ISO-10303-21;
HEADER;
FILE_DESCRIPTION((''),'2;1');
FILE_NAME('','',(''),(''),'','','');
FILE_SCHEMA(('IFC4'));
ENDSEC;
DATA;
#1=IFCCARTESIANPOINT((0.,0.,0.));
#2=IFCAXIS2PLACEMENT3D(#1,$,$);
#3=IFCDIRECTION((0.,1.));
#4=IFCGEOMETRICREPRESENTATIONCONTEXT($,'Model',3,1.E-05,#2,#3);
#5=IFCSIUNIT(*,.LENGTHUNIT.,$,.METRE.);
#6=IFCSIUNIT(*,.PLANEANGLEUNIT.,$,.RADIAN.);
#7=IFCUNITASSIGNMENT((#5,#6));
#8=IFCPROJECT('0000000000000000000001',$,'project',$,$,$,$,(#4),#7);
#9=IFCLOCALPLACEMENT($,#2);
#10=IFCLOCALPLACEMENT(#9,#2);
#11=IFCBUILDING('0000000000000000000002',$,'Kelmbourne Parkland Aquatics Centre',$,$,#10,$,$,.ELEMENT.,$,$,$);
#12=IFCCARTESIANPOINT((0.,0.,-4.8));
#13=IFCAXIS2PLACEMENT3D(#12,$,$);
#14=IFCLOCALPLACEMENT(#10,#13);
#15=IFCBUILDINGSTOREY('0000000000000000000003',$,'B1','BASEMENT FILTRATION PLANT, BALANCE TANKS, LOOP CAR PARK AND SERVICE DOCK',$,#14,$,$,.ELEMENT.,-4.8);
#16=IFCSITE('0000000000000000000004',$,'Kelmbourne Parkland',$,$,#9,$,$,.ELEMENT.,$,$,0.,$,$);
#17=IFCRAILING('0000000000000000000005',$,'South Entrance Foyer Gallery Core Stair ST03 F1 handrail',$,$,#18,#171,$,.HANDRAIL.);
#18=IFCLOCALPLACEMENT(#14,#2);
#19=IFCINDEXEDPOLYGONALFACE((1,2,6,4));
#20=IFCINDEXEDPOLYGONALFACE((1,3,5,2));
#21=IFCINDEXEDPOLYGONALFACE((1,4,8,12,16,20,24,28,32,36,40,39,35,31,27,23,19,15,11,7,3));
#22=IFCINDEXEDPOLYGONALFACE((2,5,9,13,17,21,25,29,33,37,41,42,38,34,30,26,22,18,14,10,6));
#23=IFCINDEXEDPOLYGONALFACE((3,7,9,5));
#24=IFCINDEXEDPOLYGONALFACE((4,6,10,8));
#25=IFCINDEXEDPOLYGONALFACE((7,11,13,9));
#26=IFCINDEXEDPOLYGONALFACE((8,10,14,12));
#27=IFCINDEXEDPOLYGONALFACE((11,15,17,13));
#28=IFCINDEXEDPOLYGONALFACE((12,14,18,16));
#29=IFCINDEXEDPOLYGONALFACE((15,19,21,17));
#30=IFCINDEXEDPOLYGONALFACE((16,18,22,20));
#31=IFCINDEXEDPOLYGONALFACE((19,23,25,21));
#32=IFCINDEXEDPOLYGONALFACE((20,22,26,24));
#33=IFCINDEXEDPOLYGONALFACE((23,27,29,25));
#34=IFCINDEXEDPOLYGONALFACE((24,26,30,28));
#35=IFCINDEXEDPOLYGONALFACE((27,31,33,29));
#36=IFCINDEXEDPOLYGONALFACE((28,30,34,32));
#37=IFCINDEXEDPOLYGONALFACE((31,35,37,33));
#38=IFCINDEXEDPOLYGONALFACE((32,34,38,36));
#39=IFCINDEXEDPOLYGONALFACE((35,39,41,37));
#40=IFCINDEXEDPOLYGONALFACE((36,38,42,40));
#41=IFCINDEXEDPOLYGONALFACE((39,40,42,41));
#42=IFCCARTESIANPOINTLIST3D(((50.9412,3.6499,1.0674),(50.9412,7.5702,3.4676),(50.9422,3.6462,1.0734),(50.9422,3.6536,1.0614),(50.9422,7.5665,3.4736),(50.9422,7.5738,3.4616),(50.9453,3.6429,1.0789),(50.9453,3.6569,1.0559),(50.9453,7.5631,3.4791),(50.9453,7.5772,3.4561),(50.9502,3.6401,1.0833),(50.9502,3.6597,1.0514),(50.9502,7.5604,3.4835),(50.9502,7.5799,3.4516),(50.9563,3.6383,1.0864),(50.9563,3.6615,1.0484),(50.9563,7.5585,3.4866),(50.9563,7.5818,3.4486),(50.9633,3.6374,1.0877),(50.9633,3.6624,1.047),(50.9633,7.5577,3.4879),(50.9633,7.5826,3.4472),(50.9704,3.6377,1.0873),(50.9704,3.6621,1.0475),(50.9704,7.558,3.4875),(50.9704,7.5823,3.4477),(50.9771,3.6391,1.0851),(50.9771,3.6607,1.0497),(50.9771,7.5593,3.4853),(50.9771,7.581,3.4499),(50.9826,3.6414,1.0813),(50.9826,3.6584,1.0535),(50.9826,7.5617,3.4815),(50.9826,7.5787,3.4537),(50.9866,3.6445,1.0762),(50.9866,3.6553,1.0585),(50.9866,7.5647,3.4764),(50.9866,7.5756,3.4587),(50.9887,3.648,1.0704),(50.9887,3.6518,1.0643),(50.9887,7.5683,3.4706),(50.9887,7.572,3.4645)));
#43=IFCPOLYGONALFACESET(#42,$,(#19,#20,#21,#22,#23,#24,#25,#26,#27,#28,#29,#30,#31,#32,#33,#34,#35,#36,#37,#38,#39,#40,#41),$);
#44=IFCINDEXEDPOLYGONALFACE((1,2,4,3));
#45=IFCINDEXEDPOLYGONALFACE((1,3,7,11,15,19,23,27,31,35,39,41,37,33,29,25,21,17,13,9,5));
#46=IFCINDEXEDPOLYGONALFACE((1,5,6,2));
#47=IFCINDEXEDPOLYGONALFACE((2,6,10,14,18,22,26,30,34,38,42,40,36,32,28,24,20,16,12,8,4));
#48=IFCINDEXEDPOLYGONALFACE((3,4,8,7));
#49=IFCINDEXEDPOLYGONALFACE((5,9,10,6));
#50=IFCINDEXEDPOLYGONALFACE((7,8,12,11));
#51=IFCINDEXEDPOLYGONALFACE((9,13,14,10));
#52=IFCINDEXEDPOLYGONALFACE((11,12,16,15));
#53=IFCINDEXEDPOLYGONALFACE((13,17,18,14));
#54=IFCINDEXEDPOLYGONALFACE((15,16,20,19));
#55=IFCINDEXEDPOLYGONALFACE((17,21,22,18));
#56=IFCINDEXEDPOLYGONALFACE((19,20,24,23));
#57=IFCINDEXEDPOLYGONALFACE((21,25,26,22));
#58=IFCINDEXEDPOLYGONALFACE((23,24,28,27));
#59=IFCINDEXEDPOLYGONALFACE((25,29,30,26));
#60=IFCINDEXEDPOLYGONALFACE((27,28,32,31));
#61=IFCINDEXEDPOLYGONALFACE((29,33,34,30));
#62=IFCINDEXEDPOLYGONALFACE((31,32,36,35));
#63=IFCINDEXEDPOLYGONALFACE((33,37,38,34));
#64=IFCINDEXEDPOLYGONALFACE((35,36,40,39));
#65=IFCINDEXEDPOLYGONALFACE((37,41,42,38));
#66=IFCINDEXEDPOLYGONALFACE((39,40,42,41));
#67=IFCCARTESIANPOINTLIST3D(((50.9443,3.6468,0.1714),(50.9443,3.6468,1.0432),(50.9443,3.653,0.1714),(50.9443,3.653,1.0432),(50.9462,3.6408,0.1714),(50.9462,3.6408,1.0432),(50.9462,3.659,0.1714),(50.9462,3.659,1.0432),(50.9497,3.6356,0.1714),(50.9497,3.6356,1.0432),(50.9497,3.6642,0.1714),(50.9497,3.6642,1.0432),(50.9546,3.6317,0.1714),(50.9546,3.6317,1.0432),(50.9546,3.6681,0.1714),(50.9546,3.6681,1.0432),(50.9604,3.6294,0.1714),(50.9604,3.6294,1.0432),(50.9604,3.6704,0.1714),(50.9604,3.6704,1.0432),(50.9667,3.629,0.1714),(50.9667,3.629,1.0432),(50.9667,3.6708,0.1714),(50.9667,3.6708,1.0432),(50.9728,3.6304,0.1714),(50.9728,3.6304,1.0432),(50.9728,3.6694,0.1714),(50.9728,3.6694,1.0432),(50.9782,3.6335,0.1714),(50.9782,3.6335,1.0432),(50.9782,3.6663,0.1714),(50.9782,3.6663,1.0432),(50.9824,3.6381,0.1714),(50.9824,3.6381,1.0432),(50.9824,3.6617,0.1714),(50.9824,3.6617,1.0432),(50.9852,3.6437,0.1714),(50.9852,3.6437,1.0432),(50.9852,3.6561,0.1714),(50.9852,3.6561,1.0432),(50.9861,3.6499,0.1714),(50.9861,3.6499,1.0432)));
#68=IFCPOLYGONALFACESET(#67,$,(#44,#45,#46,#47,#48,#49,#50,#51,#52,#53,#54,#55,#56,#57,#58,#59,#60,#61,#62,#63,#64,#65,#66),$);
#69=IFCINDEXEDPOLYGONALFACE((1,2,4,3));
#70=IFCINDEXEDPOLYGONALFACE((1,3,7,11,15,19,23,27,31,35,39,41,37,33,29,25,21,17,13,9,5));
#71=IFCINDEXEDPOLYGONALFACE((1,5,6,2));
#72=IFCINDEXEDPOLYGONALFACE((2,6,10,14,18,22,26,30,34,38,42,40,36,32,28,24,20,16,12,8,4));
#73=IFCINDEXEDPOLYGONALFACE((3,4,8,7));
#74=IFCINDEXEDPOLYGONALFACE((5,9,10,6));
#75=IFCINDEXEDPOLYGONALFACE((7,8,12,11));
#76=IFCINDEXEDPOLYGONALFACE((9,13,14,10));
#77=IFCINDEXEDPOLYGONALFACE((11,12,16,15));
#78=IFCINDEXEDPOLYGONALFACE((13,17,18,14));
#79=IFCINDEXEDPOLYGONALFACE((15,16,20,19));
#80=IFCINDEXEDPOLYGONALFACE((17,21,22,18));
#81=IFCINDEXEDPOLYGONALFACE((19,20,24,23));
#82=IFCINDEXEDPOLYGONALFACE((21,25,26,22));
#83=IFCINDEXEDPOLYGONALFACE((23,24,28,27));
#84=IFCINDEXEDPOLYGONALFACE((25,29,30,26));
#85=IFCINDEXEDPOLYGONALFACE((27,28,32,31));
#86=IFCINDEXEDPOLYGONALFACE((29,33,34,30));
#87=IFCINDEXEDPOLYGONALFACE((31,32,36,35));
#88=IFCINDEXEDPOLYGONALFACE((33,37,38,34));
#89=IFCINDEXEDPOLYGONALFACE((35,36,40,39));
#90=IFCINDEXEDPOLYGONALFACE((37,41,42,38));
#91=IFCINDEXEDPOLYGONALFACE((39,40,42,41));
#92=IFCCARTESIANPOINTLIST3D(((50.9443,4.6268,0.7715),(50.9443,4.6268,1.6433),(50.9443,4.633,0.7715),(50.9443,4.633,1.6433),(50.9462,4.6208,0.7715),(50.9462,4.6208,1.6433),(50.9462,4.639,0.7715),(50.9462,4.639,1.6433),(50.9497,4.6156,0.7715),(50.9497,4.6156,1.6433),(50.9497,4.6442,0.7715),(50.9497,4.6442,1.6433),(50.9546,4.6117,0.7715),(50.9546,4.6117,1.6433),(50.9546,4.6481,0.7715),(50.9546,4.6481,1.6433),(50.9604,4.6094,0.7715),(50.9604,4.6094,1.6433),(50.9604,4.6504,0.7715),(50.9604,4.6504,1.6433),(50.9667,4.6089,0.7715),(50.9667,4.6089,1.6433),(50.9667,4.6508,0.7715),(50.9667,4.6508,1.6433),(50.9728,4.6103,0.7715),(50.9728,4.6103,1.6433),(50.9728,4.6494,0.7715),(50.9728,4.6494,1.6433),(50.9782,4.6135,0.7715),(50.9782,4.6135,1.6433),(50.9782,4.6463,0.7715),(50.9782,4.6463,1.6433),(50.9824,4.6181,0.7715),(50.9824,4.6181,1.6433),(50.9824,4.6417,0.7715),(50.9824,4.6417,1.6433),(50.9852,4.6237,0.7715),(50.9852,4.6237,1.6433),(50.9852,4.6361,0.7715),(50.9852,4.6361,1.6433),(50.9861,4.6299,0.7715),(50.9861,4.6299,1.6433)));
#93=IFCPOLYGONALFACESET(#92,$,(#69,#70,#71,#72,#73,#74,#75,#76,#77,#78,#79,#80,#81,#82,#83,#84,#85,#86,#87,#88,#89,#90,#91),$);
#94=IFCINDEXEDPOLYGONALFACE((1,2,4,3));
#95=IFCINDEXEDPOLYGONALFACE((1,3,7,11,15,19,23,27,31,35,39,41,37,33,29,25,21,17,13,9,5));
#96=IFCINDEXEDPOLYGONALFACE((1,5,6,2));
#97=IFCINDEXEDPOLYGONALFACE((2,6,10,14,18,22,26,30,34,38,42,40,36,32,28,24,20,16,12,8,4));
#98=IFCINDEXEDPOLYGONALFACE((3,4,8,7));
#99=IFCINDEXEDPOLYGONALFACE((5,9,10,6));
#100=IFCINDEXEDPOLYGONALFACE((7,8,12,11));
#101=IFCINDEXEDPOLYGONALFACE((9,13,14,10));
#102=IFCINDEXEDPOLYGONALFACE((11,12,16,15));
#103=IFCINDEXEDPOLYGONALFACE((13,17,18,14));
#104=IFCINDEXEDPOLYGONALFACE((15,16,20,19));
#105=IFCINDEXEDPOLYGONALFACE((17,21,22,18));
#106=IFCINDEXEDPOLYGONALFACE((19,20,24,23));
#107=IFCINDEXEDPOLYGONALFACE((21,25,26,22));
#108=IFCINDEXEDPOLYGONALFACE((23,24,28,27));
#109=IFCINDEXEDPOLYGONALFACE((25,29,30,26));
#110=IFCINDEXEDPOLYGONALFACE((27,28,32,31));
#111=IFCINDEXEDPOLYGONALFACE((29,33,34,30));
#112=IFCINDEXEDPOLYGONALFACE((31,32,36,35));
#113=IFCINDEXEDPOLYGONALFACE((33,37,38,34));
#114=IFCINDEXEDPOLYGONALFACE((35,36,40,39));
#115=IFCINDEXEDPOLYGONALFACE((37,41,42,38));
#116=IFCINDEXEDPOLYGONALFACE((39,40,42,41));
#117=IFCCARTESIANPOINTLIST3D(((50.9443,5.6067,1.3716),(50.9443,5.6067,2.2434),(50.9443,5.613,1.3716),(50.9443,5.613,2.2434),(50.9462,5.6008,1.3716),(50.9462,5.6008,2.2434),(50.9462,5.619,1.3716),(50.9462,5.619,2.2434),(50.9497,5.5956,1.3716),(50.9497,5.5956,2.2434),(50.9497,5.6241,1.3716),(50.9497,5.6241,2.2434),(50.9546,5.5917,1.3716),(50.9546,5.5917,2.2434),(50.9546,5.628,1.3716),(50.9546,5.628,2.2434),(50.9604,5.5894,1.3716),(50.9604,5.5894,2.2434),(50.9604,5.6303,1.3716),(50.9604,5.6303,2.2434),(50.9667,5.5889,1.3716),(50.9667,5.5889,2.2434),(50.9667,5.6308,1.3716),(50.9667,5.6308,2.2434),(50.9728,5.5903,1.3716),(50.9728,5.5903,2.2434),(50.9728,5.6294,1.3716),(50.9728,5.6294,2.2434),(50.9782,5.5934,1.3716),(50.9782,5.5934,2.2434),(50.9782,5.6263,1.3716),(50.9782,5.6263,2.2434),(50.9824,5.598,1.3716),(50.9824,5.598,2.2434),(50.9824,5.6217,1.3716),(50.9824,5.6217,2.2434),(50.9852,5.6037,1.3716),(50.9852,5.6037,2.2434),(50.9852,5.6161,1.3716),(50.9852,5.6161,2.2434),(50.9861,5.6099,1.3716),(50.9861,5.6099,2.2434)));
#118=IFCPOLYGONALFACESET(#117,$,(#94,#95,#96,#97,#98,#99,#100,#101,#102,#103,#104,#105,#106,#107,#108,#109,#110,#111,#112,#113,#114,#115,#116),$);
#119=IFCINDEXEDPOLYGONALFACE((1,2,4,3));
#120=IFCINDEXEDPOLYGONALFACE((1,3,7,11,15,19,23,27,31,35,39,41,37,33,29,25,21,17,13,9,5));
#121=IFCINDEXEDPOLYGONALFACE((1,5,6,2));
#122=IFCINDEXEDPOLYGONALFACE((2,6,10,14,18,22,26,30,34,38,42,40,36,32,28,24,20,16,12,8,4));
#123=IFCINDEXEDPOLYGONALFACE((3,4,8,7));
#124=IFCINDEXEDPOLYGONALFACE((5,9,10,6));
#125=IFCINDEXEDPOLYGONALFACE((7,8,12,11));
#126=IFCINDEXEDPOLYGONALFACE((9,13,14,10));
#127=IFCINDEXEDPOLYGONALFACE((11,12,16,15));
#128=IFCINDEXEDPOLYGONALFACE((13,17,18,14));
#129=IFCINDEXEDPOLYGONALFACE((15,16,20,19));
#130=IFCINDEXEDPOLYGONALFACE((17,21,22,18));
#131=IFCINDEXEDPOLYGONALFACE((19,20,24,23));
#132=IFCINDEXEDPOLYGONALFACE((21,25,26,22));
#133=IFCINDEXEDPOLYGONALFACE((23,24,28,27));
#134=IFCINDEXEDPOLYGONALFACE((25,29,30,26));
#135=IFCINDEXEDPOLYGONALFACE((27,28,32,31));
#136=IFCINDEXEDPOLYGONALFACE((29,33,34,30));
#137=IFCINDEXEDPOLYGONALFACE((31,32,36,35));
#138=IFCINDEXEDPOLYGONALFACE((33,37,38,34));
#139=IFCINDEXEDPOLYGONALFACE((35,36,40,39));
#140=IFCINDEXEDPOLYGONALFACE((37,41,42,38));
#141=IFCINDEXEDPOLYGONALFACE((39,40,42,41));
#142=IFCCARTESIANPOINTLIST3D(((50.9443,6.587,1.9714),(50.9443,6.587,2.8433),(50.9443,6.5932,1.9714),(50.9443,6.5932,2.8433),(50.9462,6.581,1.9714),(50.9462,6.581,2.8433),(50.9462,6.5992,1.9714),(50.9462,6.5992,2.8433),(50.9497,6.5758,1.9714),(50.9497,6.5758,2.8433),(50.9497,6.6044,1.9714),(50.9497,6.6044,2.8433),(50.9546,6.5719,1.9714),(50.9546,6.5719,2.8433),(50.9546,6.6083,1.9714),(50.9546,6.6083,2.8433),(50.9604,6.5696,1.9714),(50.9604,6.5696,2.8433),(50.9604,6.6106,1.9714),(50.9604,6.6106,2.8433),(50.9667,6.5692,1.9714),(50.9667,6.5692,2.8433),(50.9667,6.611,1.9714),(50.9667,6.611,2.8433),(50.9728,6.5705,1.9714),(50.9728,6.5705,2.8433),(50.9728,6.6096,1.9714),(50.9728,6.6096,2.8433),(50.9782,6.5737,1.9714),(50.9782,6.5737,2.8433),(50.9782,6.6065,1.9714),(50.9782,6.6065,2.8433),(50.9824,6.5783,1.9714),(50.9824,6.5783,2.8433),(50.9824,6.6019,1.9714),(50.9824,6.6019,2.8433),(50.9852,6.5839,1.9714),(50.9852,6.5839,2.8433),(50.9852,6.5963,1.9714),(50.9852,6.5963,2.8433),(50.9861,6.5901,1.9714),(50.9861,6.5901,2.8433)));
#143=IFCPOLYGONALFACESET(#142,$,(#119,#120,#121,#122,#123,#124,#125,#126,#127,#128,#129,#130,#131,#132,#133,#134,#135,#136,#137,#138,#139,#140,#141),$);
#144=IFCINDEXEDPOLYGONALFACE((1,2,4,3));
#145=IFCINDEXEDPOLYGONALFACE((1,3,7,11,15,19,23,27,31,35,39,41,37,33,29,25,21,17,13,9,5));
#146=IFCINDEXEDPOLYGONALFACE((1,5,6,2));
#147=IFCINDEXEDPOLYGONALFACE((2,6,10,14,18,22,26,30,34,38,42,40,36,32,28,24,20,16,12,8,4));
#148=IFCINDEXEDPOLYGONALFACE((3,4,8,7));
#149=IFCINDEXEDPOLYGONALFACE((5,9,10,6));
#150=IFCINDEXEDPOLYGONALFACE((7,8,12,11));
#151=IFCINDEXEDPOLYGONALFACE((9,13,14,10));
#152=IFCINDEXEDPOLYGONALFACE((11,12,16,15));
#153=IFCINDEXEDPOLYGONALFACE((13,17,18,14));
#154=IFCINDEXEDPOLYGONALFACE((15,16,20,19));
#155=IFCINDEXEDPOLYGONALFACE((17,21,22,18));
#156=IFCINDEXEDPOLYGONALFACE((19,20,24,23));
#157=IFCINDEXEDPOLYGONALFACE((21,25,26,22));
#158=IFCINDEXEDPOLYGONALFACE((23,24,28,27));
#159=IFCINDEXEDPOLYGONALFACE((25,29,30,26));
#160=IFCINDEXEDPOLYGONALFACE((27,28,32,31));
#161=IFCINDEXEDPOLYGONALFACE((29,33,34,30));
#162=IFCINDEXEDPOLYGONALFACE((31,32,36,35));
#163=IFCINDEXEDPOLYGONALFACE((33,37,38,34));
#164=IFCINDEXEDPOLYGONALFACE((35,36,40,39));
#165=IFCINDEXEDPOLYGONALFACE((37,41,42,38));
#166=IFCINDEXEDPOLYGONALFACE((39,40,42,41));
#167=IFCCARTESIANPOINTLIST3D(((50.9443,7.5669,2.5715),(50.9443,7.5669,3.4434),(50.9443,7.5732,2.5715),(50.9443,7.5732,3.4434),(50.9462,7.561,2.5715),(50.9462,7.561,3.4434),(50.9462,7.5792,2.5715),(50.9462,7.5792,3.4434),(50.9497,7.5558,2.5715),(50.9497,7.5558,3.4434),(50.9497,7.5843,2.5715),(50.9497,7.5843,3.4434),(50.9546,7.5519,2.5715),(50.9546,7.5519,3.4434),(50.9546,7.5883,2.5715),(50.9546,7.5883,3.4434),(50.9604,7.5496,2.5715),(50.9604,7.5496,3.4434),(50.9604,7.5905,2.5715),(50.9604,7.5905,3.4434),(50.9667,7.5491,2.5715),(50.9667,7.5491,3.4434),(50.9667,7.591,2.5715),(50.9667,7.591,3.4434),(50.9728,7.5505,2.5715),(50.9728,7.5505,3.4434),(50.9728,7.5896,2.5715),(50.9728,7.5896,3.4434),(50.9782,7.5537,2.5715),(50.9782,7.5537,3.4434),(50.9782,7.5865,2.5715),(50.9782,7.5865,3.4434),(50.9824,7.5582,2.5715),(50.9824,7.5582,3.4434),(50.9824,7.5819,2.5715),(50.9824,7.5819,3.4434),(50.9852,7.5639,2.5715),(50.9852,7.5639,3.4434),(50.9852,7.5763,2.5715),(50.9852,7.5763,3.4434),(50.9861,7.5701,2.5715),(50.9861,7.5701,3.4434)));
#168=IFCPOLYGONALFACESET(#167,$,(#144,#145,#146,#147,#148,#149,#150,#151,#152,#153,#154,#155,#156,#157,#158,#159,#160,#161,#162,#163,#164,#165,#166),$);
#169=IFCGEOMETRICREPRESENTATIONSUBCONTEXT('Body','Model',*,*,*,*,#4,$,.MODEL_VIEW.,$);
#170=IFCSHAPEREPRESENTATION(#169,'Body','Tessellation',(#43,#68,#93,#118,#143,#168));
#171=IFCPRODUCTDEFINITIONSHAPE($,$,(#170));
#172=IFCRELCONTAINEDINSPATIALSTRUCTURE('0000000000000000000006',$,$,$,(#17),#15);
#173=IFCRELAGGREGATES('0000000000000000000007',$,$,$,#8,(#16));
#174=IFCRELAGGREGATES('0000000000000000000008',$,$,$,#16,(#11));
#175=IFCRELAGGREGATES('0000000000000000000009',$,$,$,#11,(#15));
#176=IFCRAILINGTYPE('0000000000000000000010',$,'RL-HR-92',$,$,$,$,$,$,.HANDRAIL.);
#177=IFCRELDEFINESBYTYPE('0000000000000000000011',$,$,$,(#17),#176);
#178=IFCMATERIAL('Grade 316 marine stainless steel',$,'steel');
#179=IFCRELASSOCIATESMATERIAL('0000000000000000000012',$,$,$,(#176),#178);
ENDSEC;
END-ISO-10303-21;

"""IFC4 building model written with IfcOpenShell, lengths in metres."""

from ifc_helpers import new_model, si_unit, direction, frame, origin, origin_2d, place, context, subcontext, project, spatial, circle, extrude, material, type_object, element, save


model = new_model("IFC4")

# Units and contexts
model_context = context("Model", 3, precision=1e-05, world=origin(), true_north=direction((0.0, 1.0)))
body_context = subcontext(model_context, "Body", "Model", "MODEL_VIEW")
ifc_project = project(units=[si_unit("LENGTHUNIT", "METRE"), si_unit("PLANEANGLEUNIT", "RADIAN")], contexts=[model_context])

# Site, building, storey
site_placement = place(None, origin())
site = spatial("IfcSite", under=ifc_project, at=site_placement, Name="Kelmbourne Parkland", CompositionType="ELEMENT", RefElevation=0.0)
building_placement = place(site_placement, origin())
building = spatial("IfcBuilding", under=site, at=building_placement, Name="Kelmbourne Parkland Aquatics Centre", CompositionType="ELEMENT")
storey_placement = place(building_placement, frame((0.0, 0.0, -4.8)))
storey = spatial("IfcBuildingStorey", under=building, at=storey_placement, Name="B1", Description="BASEMENT FILTRATION PLANT, BALANCE TANKS, LOOP CAR PARK AND SERVICE DOCK", CompositionType="ELEMENT", Elevation=-4.8)

# Railing
ifc_material_1 = material(Name="Grade 316 marine stainless steel", Category="steel")
railing_type_1 = type_object("IfcRailingType", Name="RL-HR-92", PredefinedType="HANDRAIL", material=ifc_material_1)
railing_1_placement = place(storey_placement, frame((50.9651, 3.6499, 0.1714)))
element("IfcRailing", 1, at=railing_1_placement, inside=storey, type_object=railing_type_1, Name="South Entrance Foyer Gallery Core Stair ST03 F1 handrail", PredefinedType="HANDRAIL", context=body_context, shape_type="SweptSolid", body=[
    extrude(circle(Radius=0.0239, at=origin_2d()), frame((0.0, 0.0, 0.896), z_axis=(0.0, 0.852847, 0.522161), x_axis=(-1.0, 0.0, 0.0)), (0.0, 0.0, 1.0), 4.5967),
    extrude(circle(Radius=0.021, at=origin_2d()), origin(), (0.0, 0.0, 1.0), 0.8718),
    extrude(circle(Radius=0.021, at=origin_2d()), frame((0.0, 0.98, 0.6001)), (0.0, 0.0, 1.0), 0.8718),
    extrude(circle(Radius=0.021, at=origin_2d()), frame((0.0, 1.96, 1.2002)), (0.0, 0.0, 1.0), 0.8718),
    extrude(circle(Radius=0.021, at=origin_2d()), frame((0.0, 2.9402, 1.8)), (0.0, 0.0, 1.0), 0.8718),
    extrude(circle(Radius=0.021, at=origin_2d()), frame((0.0, 3.9202, 2.4001)), (0.0, 0.0, 1.0), 0.8718),
])

save(model, "model.ifc")
